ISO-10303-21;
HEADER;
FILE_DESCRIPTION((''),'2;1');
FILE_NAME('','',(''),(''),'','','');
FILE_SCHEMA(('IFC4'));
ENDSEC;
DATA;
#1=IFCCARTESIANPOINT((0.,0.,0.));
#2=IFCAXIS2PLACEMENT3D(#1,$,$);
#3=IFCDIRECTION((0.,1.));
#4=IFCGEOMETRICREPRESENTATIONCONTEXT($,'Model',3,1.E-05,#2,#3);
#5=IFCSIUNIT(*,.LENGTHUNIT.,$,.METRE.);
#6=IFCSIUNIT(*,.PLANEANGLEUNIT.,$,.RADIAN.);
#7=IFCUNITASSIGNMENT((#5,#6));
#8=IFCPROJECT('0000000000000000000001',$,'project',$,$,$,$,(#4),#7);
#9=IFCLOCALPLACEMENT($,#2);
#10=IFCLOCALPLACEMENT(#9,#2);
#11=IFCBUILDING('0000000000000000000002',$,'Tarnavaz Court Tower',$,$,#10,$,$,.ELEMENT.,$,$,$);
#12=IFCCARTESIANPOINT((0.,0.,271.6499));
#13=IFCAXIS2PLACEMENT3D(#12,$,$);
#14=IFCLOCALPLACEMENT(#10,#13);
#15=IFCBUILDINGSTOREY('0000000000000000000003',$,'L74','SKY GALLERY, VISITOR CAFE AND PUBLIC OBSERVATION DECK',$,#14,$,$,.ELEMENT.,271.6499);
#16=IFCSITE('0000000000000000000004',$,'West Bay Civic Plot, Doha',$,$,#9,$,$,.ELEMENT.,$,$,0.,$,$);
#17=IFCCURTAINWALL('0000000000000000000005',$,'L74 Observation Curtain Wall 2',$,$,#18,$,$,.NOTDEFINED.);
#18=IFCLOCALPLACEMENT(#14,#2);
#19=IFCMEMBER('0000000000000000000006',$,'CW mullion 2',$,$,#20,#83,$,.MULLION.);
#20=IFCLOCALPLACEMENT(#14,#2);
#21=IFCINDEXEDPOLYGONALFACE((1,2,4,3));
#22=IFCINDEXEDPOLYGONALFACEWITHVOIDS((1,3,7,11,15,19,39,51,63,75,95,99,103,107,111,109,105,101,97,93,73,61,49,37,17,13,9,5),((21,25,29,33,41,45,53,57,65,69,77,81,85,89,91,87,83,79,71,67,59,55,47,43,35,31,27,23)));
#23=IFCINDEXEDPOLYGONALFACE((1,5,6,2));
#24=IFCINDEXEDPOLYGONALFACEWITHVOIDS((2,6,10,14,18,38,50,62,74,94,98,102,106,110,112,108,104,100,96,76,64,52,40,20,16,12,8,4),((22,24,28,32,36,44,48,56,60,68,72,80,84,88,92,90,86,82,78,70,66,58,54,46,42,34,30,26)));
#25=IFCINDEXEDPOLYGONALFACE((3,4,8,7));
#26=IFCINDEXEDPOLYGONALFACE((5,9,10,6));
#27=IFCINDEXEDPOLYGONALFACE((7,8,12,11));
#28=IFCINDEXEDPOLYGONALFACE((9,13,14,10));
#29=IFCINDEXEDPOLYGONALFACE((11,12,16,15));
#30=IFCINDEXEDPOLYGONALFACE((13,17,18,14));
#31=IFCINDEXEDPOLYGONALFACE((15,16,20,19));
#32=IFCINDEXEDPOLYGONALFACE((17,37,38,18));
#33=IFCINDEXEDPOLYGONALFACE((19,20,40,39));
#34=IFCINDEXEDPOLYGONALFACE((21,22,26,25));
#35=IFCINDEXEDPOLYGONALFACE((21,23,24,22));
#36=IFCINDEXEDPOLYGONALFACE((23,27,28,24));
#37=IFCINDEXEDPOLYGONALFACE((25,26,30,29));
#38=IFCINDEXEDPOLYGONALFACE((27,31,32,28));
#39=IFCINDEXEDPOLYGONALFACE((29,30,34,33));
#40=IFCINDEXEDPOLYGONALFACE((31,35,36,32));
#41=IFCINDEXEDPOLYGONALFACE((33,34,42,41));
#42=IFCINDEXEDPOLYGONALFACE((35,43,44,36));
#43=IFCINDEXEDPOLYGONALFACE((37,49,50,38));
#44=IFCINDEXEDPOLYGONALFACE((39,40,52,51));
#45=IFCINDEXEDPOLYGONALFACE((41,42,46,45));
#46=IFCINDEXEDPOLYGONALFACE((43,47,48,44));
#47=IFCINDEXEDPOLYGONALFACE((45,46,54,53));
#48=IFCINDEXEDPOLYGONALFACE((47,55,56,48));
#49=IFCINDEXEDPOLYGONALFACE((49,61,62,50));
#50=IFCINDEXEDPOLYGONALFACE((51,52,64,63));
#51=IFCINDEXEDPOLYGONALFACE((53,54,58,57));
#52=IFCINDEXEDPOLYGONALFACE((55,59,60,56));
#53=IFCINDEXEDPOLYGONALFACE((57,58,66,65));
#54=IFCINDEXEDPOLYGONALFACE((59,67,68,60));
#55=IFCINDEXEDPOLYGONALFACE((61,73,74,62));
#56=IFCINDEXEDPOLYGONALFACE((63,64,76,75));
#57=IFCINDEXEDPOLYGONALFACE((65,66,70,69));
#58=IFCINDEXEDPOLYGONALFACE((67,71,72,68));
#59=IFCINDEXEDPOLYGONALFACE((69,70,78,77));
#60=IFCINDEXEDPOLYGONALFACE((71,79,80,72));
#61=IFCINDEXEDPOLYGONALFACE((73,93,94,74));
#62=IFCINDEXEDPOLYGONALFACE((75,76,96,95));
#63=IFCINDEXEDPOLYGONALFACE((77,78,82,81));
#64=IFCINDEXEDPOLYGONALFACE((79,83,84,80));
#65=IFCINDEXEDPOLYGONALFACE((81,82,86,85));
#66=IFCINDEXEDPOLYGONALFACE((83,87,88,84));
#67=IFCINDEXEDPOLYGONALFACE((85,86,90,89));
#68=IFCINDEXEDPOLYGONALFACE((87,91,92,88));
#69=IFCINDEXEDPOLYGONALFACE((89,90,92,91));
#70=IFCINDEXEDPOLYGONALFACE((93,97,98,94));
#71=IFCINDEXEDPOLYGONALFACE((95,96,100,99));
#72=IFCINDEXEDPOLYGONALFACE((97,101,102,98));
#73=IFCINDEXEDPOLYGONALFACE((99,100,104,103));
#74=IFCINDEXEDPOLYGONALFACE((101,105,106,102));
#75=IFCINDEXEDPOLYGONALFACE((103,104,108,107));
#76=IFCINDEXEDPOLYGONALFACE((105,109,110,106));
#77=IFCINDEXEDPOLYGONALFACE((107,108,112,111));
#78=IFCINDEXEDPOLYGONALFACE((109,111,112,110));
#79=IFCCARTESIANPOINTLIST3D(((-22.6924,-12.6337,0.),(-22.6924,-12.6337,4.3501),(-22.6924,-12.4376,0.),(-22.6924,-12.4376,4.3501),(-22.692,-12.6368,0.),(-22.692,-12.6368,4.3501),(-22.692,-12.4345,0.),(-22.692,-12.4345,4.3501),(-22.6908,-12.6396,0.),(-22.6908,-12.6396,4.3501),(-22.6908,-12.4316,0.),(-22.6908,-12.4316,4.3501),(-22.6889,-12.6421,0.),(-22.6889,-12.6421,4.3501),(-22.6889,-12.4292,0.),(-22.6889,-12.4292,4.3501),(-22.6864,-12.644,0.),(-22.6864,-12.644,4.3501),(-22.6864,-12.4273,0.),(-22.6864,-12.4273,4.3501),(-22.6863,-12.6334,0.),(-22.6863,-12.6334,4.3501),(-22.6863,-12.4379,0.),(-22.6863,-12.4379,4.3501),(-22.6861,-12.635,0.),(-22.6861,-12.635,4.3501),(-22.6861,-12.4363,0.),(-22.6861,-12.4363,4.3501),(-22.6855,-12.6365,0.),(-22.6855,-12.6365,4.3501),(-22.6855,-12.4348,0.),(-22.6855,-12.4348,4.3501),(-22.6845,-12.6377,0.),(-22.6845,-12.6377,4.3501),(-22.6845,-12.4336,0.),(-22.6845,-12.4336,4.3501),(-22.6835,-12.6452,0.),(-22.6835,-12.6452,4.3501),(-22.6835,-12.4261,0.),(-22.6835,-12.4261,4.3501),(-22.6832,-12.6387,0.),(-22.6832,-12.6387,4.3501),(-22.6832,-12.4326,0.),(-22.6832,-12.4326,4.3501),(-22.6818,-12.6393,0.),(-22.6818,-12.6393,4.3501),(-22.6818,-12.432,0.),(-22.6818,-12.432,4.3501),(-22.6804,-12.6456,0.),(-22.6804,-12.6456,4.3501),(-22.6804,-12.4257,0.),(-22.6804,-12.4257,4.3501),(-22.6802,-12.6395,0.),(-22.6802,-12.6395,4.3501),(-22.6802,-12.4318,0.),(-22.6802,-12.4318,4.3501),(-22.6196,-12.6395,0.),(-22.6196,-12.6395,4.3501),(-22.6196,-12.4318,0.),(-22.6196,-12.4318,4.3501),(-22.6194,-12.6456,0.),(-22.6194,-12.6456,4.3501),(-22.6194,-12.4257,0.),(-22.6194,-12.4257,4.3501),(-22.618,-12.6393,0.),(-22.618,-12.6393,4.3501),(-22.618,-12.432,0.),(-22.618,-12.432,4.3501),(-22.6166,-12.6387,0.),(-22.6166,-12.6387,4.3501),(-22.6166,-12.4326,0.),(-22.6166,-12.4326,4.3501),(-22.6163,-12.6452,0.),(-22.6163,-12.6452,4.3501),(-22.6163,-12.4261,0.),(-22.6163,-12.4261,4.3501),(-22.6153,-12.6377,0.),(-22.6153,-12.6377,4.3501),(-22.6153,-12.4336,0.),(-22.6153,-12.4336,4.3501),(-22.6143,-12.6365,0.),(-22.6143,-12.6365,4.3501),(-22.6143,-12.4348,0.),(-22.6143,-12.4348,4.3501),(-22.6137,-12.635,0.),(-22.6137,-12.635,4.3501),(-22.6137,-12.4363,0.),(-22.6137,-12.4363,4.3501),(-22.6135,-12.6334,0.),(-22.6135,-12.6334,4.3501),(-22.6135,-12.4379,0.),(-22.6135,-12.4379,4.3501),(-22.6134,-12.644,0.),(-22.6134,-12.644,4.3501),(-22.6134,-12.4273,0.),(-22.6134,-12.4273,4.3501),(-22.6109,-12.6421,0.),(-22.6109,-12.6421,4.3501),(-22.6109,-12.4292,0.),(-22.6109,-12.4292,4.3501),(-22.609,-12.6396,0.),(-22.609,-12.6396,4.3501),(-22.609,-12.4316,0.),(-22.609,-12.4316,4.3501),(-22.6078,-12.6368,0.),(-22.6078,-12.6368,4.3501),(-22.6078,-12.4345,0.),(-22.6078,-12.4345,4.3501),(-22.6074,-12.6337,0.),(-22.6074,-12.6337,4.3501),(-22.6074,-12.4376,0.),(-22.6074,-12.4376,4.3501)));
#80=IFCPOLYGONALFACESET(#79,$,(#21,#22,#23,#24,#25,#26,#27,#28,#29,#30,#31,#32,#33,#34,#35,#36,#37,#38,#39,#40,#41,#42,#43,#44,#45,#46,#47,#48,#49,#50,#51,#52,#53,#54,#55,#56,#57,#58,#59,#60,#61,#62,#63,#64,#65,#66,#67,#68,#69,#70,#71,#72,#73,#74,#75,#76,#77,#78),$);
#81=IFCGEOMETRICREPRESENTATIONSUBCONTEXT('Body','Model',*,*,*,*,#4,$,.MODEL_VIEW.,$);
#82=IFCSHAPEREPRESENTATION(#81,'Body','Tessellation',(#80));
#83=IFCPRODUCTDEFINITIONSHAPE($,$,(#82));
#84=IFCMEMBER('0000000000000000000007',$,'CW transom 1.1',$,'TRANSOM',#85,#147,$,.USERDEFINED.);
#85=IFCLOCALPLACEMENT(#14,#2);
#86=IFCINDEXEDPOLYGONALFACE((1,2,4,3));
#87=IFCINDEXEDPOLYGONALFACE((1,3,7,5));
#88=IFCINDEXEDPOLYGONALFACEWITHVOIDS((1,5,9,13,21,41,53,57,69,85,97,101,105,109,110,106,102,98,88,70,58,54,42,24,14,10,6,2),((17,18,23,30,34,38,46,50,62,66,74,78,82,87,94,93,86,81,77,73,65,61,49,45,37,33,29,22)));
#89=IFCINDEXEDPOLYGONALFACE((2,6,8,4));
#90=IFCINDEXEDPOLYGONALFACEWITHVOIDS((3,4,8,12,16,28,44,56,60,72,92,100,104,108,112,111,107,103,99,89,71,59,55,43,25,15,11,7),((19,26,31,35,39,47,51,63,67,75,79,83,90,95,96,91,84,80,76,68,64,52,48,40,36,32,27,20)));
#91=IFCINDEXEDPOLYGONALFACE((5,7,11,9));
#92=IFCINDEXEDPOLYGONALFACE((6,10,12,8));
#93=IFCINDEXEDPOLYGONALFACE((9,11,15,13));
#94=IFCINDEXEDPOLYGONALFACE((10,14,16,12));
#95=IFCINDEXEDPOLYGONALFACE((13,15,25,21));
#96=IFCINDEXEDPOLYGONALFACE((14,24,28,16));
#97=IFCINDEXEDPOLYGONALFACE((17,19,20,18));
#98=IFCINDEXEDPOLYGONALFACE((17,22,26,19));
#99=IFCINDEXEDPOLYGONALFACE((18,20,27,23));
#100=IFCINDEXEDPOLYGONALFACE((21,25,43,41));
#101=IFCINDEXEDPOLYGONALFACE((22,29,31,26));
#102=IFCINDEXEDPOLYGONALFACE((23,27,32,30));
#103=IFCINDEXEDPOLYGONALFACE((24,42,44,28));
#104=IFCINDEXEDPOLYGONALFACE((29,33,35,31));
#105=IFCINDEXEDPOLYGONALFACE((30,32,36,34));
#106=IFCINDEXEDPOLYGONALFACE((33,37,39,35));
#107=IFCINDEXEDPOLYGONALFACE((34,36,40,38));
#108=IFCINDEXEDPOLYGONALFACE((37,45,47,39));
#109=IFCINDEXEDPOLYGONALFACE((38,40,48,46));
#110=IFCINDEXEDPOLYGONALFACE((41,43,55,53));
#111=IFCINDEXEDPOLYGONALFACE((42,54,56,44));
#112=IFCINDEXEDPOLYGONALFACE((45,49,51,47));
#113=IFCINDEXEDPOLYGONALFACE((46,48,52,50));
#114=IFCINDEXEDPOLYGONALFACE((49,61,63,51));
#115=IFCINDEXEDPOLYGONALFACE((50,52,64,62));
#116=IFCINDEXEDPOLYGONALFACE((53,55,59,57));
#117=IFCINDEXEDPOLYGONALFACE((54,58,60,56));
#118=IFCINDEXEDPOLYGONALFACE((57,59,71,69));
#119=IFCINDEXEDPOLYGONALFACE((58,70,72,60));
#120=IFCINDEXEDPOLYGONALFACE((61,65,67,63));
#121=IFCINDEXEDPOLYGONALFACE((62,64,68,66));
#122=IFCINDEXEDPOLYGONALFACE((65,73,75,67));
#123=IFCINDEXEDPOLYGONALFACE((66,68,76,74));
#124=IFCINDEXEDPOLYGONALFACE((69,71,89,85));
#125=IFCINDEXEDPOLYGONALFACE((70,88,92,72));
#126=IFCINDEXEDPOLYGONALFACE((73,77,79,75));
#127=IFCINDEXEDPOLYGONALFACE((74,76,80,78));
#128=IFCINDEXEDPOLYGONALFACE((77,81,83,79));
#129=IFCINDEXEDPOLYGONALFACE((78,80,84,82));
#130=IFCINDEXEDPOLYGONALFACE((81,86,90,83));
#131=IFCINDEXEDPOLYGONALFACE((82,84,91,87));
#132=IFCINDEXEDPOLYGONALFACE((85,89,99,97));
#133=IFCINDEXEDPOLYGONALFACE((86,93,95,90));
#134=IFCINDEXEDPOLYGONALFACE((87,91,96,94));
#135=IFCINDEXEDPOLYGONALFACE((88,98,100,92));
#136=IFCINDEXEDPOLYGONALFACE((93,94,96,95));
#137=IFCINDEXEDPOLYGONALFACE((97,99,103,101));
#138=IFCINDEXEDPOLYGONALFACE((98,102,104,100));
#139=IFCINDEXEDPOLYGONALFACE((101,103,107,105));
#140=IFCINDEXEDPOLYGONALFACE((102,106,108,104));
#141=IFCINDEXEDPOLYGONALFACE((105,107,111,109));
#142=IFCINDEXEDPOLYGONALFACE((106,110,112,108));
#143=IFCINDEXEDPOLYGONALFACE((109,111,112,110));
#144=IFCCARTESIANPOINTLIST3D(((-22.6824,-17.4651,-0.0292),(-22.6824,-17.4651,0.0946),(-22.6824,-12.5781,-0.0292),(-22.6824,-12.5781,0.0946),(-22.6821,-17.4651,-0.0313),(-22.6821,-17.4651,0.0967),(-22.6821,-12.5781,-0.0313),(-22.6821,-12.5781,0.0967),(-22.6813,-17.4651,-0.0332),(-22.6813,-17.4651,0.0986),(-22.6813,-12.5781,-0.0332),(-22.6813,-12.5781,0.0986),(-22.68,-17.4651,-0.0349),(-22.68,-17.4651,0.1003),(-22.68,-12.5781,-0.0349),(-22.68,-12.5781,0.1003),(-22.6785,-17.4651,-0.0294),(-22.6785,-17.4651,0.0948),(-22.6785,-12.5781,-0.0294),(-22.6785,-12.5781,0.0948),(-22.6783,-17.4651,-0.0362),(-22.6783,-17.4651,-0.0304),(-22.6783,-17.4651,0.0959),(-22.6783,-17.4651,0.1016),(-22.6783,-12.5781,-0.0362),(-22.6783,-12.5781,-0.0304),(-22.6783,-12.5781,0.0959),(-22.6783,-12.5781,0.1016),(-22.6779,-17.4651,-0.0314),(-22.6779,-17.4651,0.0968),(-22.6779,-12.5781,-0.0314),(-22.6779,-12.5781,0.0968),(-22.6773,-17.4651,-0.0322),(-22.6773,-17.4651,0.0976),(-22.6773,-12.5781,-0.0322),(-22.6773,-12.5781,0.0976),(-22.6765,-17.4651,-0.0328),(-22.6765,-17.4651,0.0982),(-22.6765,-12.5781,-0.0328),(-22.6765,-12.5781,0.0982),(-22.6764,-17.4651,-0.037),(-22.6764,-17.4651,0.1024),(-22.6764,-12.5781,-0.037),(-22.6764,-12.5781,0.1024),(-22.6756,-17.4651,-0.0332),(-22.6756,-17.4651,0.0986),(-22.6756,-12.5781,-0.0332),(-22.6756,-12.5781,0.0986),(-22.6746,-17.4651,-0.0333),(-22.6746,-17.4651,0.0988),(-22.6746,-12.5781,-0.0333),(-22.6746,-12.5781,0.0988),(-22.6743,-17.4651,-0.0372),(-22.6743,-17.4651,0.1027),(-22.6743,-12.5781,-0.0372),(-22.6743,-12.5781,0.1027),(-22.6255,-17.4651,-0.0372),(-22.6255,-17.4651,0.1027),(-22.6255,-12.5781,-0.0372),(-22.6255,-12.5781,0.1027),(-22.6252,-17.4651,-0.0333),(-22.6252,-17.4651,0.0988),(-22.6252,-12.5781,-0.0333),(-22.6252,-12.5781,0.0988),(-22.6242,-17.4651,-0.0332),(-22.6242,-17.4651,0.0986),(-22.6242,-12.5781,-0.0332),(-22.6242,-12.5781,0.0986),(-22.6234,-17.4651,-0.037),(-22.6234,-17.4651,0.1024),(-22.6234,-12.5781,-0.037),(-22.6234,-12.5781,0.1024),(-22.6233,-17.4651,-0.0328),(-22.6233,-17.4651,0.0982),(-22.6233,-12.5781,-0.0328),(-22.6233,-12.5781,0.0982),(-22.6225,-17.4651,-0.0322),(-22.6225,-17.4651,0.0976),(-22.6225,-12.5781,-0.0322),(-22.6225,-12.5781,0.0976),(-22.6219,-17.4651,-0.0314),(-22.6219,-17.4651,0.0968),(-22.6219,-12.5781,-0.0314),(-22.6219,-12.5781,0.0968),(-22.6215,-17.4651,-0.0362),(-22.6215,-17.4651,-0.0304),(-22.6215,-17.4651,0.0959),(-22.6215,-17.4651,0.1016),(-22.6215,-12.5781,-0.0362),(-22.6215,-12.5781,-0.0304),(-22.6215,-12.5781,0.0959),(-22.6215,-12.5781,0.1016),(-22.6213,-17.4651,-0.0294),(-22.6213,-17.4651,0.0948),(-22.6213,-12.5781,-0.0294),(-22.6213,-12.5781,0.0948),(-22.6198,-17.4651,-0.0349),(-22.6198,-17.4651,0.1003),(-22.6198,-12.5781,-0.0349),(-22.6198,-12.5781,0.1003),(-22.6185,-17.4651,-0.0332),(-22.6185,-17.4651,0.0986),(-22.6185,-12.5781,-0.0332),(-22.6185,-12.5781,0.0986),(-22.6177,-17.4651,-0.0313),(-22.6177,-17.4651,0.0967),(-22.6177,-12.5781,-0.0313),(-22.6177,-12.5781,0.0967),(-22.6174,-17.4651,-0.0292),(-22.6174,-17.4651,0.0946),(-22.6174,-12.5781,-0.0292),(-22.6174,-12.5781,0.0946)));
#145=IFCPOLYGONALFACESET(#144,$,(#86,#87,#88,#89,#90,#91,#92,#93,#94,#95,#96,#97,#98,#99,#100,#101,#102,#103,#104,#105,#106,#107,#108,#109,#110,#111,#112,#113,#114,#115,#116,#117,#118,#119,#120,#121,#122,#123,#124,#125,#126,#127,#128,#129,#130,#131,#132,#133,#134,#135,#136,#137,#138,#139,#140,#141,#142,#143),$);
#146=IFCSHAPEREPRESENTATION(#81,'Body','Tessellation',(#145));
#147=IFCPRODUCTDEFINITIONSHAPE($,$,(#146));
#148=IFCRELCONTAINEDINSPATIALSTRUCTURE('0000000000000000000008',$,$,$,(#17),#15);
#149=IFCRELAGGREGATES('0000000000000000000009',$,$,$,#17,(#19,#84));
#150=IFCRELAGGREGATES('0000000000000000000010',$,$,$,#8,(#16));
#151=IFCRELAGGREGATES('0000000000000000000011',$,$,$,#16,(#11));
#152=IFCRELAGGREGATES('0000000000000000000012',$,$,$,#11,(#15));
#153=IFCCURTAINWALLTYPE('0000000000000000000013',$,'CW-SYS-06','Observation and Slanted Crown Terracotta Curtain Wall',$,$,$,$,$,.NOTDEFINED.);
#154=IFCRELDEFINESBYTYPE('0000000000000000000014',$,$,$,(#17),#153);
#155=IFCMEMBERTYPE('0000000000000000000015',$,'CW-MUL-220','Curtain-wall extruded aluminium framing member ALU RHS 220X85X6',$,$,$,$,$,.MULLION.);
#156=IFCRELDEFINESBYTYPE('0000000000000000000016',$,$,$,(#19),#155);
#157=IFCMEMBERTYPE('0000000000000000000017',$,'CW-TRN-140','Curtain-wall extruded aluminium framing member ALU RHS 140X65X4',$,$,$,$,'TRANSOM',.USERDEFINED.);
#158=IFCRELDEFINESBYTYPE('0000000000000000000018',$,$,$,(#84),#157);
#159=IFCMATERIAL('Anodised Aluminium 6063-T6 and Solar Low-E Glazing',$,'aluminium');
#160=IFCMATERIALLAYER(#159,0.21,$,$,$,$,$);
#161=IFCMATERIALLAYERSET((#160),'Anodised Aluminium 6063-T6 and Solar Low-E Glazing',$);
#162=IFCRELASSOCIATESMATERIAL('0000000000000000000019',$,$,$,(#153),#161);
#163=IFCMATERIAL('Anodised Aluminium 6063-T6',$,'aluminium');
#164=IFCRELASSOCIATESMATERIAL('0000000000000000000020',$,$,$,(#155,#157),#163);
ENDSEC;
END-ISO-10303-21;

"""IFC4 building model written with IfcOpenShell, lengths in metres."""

from ifc_helpers import new_model, si_unit, direction, frame, origin, origin_2d, place, context, subcontext, project, spatial, hollow_rectangle, extrude, material, layer, layer_set, material_profile, profile_set, type_object, element, aggregate, save


model = new_model("IFC4")

# Units and contexts
model_context = context("Model", 3, precision=1e-05, world=origin(), true_north=direction((0.0, 1.0)))
body_context = subcontext(model_context, "Body", "Model", "MODEL_VIEW")
ifc_project = project(units=[si_unit("LENGTHUNIT", "METRE"), si_unit("PLANEANGLEUNIT", "RADIAN")], contexts=[model_context])

# Site, building, storey
site_placement = place(None, origin())
site = spatial("IfcSite", under=ifc_project, at=site_placement, Name="West Bay Civic Plot, Doha", CompositionType="ELEMENT", RefElevation=0.0)
building_placement = place(site_placement, origin())
building = spatial("IfcBuilding", under=site, at=building_placement, Name="Tarnavaz Court Tower", CompositionType="ELEMENT")
storey_placement = place(building_placement, frame((0.0, 0.0, 271.6499)))
storey = spatial("IfcBuildingStorey", under=building, at=storey_placement, Name="L74", Description="SKY GALLERY, VISITOR CAFE AND PUBLIC OBSERVATION DECK", CompositionType="ELEMENT", Elevation=271.6499)

# Curtain wall, members
ifc_material_1 = material(Name="Anodised Aluminium 6063-T6 and Solar Low-E Glazing", Category="aluminium")
ifc_layer_1 = layer(ifc_material_1, 0.21)
ifc_layer_set_1 = layer_set([ifc_layer_1], Name="Anodised Aluminium 6063-T6 and Solar Low-E Glazing")
curtain_wall_type = type_object("IfcCurtainWallType", Name="CW-SYS-06", Description="Observation and Slanted Crown Terracotta Curtain Wall", PredefinedType="NOTDEFINED", material=ifc_layer_set_1)
curtain_wall_placement = place(storey_placement, origin())
curtain_wall = element("IfcCurtainWall", 1, at=curtain_wall_placement, inside=storey, type_object=curtain_wall_type, Name="L74 Observation Curtain Wall 2", PredefinedType="NOTDEFINED")
ifc_material_2 = material(Name="Anodised Aluminium 6063-T6", Category="aluminium")
ifc_material_profile_1 = material_profile(ifc_material_2, hollow_rectangle(XDim=0.085, YDim=0.22, WallThickness=0.0061, InnerFilletRadius=0.0061, OuterFilletRadius=0.012, at=origin_2d()), Name="ALU RHS 220X85X6")
ifc_profile_set_1 = profile_set([ifc_material_profile_1], Name="Anodised Aluminium 6063-T6")
member_type_1 = type_object("IfcMemberType", Name="CW-MUL-220", Description="Curtain-wall extruded aluminium framing member ALU RHS 220X85X6", PredefinedType="MULLION", material=ifc_profile_set_1)
member_1_placement = place(storey_placement, frame((-22.6499, -12.5356, 0.0), z_axis=(0.0, 0.0, 1.0), x_axis=(-1.0, 0.0, 0.0)))
member_1 = element("IfcMember", 2, at=member_1_placement, type_object=member_type_1, Name="CW mullion 2", PredefinedType="MULLION", context=body_context, shape_type="SweptSolid", body=[
    extrude(hollow_rectangle(XDim=0.085, YDim=0.22, WallThickness=0.0061, InnerFilletRadius=0.0061, OuterFilletRadius=0.012, at=origin_2d()), origin(), (0.0, 0.0, 1.0), 4.3501),
])
ifc_material_profile_2 = material_profile(ifc_material_2, hollow_rectangle(XDim=0.0649, YDim=0.1399, WallThickness=0.0039, InnerFilletRadius=0.0039, OuterFilletRadius=0.0081, at=origin_2d()), Name="ALU RHS 140X65X4")
ifc_profile_set_2 = profile_set([ifc_material_profile_2], Name="Anodised Aluminium 6063-T6")
member_type_2 = type_object("IfcMemberType", Name="CW-TRN-140", Description="Curtain-wall extruded aluminium framing member ALU RHS 140X65X4", ElementType="TRANSOM", PredefinedType="USERDEFINED", material=ifc_profile_set_2)
member_2_placement = place(storey_placement, frame((-22.6499, -17.4651, 0.0327), z_axis=(0.0, 1.0, 0.0), x_axis=(-1.0, 0.0, 0.0)))
member_2 = element("IfcMember", 3, at=member_2_placement, type_object=member_type_2, Name="CW transom 1.1", ObjectType="TRANSOM", PredefinedType="USERDEFINED", context=body_context, shape_type="SweptSolid", body=[
    extrude(hollow_rectangle(XDim=0.0649, YDim=0.1399, WallThickness=0.0039, InnerFilletRadius=0.0039, OuterFilletRadius=0.0081, at=origin_2d()), origin(), (0.0, 0.0, 1.0), 4.887),
])
aggregate(curtain_wall, [member_1, member_2])

save(model, "model.ifc")
